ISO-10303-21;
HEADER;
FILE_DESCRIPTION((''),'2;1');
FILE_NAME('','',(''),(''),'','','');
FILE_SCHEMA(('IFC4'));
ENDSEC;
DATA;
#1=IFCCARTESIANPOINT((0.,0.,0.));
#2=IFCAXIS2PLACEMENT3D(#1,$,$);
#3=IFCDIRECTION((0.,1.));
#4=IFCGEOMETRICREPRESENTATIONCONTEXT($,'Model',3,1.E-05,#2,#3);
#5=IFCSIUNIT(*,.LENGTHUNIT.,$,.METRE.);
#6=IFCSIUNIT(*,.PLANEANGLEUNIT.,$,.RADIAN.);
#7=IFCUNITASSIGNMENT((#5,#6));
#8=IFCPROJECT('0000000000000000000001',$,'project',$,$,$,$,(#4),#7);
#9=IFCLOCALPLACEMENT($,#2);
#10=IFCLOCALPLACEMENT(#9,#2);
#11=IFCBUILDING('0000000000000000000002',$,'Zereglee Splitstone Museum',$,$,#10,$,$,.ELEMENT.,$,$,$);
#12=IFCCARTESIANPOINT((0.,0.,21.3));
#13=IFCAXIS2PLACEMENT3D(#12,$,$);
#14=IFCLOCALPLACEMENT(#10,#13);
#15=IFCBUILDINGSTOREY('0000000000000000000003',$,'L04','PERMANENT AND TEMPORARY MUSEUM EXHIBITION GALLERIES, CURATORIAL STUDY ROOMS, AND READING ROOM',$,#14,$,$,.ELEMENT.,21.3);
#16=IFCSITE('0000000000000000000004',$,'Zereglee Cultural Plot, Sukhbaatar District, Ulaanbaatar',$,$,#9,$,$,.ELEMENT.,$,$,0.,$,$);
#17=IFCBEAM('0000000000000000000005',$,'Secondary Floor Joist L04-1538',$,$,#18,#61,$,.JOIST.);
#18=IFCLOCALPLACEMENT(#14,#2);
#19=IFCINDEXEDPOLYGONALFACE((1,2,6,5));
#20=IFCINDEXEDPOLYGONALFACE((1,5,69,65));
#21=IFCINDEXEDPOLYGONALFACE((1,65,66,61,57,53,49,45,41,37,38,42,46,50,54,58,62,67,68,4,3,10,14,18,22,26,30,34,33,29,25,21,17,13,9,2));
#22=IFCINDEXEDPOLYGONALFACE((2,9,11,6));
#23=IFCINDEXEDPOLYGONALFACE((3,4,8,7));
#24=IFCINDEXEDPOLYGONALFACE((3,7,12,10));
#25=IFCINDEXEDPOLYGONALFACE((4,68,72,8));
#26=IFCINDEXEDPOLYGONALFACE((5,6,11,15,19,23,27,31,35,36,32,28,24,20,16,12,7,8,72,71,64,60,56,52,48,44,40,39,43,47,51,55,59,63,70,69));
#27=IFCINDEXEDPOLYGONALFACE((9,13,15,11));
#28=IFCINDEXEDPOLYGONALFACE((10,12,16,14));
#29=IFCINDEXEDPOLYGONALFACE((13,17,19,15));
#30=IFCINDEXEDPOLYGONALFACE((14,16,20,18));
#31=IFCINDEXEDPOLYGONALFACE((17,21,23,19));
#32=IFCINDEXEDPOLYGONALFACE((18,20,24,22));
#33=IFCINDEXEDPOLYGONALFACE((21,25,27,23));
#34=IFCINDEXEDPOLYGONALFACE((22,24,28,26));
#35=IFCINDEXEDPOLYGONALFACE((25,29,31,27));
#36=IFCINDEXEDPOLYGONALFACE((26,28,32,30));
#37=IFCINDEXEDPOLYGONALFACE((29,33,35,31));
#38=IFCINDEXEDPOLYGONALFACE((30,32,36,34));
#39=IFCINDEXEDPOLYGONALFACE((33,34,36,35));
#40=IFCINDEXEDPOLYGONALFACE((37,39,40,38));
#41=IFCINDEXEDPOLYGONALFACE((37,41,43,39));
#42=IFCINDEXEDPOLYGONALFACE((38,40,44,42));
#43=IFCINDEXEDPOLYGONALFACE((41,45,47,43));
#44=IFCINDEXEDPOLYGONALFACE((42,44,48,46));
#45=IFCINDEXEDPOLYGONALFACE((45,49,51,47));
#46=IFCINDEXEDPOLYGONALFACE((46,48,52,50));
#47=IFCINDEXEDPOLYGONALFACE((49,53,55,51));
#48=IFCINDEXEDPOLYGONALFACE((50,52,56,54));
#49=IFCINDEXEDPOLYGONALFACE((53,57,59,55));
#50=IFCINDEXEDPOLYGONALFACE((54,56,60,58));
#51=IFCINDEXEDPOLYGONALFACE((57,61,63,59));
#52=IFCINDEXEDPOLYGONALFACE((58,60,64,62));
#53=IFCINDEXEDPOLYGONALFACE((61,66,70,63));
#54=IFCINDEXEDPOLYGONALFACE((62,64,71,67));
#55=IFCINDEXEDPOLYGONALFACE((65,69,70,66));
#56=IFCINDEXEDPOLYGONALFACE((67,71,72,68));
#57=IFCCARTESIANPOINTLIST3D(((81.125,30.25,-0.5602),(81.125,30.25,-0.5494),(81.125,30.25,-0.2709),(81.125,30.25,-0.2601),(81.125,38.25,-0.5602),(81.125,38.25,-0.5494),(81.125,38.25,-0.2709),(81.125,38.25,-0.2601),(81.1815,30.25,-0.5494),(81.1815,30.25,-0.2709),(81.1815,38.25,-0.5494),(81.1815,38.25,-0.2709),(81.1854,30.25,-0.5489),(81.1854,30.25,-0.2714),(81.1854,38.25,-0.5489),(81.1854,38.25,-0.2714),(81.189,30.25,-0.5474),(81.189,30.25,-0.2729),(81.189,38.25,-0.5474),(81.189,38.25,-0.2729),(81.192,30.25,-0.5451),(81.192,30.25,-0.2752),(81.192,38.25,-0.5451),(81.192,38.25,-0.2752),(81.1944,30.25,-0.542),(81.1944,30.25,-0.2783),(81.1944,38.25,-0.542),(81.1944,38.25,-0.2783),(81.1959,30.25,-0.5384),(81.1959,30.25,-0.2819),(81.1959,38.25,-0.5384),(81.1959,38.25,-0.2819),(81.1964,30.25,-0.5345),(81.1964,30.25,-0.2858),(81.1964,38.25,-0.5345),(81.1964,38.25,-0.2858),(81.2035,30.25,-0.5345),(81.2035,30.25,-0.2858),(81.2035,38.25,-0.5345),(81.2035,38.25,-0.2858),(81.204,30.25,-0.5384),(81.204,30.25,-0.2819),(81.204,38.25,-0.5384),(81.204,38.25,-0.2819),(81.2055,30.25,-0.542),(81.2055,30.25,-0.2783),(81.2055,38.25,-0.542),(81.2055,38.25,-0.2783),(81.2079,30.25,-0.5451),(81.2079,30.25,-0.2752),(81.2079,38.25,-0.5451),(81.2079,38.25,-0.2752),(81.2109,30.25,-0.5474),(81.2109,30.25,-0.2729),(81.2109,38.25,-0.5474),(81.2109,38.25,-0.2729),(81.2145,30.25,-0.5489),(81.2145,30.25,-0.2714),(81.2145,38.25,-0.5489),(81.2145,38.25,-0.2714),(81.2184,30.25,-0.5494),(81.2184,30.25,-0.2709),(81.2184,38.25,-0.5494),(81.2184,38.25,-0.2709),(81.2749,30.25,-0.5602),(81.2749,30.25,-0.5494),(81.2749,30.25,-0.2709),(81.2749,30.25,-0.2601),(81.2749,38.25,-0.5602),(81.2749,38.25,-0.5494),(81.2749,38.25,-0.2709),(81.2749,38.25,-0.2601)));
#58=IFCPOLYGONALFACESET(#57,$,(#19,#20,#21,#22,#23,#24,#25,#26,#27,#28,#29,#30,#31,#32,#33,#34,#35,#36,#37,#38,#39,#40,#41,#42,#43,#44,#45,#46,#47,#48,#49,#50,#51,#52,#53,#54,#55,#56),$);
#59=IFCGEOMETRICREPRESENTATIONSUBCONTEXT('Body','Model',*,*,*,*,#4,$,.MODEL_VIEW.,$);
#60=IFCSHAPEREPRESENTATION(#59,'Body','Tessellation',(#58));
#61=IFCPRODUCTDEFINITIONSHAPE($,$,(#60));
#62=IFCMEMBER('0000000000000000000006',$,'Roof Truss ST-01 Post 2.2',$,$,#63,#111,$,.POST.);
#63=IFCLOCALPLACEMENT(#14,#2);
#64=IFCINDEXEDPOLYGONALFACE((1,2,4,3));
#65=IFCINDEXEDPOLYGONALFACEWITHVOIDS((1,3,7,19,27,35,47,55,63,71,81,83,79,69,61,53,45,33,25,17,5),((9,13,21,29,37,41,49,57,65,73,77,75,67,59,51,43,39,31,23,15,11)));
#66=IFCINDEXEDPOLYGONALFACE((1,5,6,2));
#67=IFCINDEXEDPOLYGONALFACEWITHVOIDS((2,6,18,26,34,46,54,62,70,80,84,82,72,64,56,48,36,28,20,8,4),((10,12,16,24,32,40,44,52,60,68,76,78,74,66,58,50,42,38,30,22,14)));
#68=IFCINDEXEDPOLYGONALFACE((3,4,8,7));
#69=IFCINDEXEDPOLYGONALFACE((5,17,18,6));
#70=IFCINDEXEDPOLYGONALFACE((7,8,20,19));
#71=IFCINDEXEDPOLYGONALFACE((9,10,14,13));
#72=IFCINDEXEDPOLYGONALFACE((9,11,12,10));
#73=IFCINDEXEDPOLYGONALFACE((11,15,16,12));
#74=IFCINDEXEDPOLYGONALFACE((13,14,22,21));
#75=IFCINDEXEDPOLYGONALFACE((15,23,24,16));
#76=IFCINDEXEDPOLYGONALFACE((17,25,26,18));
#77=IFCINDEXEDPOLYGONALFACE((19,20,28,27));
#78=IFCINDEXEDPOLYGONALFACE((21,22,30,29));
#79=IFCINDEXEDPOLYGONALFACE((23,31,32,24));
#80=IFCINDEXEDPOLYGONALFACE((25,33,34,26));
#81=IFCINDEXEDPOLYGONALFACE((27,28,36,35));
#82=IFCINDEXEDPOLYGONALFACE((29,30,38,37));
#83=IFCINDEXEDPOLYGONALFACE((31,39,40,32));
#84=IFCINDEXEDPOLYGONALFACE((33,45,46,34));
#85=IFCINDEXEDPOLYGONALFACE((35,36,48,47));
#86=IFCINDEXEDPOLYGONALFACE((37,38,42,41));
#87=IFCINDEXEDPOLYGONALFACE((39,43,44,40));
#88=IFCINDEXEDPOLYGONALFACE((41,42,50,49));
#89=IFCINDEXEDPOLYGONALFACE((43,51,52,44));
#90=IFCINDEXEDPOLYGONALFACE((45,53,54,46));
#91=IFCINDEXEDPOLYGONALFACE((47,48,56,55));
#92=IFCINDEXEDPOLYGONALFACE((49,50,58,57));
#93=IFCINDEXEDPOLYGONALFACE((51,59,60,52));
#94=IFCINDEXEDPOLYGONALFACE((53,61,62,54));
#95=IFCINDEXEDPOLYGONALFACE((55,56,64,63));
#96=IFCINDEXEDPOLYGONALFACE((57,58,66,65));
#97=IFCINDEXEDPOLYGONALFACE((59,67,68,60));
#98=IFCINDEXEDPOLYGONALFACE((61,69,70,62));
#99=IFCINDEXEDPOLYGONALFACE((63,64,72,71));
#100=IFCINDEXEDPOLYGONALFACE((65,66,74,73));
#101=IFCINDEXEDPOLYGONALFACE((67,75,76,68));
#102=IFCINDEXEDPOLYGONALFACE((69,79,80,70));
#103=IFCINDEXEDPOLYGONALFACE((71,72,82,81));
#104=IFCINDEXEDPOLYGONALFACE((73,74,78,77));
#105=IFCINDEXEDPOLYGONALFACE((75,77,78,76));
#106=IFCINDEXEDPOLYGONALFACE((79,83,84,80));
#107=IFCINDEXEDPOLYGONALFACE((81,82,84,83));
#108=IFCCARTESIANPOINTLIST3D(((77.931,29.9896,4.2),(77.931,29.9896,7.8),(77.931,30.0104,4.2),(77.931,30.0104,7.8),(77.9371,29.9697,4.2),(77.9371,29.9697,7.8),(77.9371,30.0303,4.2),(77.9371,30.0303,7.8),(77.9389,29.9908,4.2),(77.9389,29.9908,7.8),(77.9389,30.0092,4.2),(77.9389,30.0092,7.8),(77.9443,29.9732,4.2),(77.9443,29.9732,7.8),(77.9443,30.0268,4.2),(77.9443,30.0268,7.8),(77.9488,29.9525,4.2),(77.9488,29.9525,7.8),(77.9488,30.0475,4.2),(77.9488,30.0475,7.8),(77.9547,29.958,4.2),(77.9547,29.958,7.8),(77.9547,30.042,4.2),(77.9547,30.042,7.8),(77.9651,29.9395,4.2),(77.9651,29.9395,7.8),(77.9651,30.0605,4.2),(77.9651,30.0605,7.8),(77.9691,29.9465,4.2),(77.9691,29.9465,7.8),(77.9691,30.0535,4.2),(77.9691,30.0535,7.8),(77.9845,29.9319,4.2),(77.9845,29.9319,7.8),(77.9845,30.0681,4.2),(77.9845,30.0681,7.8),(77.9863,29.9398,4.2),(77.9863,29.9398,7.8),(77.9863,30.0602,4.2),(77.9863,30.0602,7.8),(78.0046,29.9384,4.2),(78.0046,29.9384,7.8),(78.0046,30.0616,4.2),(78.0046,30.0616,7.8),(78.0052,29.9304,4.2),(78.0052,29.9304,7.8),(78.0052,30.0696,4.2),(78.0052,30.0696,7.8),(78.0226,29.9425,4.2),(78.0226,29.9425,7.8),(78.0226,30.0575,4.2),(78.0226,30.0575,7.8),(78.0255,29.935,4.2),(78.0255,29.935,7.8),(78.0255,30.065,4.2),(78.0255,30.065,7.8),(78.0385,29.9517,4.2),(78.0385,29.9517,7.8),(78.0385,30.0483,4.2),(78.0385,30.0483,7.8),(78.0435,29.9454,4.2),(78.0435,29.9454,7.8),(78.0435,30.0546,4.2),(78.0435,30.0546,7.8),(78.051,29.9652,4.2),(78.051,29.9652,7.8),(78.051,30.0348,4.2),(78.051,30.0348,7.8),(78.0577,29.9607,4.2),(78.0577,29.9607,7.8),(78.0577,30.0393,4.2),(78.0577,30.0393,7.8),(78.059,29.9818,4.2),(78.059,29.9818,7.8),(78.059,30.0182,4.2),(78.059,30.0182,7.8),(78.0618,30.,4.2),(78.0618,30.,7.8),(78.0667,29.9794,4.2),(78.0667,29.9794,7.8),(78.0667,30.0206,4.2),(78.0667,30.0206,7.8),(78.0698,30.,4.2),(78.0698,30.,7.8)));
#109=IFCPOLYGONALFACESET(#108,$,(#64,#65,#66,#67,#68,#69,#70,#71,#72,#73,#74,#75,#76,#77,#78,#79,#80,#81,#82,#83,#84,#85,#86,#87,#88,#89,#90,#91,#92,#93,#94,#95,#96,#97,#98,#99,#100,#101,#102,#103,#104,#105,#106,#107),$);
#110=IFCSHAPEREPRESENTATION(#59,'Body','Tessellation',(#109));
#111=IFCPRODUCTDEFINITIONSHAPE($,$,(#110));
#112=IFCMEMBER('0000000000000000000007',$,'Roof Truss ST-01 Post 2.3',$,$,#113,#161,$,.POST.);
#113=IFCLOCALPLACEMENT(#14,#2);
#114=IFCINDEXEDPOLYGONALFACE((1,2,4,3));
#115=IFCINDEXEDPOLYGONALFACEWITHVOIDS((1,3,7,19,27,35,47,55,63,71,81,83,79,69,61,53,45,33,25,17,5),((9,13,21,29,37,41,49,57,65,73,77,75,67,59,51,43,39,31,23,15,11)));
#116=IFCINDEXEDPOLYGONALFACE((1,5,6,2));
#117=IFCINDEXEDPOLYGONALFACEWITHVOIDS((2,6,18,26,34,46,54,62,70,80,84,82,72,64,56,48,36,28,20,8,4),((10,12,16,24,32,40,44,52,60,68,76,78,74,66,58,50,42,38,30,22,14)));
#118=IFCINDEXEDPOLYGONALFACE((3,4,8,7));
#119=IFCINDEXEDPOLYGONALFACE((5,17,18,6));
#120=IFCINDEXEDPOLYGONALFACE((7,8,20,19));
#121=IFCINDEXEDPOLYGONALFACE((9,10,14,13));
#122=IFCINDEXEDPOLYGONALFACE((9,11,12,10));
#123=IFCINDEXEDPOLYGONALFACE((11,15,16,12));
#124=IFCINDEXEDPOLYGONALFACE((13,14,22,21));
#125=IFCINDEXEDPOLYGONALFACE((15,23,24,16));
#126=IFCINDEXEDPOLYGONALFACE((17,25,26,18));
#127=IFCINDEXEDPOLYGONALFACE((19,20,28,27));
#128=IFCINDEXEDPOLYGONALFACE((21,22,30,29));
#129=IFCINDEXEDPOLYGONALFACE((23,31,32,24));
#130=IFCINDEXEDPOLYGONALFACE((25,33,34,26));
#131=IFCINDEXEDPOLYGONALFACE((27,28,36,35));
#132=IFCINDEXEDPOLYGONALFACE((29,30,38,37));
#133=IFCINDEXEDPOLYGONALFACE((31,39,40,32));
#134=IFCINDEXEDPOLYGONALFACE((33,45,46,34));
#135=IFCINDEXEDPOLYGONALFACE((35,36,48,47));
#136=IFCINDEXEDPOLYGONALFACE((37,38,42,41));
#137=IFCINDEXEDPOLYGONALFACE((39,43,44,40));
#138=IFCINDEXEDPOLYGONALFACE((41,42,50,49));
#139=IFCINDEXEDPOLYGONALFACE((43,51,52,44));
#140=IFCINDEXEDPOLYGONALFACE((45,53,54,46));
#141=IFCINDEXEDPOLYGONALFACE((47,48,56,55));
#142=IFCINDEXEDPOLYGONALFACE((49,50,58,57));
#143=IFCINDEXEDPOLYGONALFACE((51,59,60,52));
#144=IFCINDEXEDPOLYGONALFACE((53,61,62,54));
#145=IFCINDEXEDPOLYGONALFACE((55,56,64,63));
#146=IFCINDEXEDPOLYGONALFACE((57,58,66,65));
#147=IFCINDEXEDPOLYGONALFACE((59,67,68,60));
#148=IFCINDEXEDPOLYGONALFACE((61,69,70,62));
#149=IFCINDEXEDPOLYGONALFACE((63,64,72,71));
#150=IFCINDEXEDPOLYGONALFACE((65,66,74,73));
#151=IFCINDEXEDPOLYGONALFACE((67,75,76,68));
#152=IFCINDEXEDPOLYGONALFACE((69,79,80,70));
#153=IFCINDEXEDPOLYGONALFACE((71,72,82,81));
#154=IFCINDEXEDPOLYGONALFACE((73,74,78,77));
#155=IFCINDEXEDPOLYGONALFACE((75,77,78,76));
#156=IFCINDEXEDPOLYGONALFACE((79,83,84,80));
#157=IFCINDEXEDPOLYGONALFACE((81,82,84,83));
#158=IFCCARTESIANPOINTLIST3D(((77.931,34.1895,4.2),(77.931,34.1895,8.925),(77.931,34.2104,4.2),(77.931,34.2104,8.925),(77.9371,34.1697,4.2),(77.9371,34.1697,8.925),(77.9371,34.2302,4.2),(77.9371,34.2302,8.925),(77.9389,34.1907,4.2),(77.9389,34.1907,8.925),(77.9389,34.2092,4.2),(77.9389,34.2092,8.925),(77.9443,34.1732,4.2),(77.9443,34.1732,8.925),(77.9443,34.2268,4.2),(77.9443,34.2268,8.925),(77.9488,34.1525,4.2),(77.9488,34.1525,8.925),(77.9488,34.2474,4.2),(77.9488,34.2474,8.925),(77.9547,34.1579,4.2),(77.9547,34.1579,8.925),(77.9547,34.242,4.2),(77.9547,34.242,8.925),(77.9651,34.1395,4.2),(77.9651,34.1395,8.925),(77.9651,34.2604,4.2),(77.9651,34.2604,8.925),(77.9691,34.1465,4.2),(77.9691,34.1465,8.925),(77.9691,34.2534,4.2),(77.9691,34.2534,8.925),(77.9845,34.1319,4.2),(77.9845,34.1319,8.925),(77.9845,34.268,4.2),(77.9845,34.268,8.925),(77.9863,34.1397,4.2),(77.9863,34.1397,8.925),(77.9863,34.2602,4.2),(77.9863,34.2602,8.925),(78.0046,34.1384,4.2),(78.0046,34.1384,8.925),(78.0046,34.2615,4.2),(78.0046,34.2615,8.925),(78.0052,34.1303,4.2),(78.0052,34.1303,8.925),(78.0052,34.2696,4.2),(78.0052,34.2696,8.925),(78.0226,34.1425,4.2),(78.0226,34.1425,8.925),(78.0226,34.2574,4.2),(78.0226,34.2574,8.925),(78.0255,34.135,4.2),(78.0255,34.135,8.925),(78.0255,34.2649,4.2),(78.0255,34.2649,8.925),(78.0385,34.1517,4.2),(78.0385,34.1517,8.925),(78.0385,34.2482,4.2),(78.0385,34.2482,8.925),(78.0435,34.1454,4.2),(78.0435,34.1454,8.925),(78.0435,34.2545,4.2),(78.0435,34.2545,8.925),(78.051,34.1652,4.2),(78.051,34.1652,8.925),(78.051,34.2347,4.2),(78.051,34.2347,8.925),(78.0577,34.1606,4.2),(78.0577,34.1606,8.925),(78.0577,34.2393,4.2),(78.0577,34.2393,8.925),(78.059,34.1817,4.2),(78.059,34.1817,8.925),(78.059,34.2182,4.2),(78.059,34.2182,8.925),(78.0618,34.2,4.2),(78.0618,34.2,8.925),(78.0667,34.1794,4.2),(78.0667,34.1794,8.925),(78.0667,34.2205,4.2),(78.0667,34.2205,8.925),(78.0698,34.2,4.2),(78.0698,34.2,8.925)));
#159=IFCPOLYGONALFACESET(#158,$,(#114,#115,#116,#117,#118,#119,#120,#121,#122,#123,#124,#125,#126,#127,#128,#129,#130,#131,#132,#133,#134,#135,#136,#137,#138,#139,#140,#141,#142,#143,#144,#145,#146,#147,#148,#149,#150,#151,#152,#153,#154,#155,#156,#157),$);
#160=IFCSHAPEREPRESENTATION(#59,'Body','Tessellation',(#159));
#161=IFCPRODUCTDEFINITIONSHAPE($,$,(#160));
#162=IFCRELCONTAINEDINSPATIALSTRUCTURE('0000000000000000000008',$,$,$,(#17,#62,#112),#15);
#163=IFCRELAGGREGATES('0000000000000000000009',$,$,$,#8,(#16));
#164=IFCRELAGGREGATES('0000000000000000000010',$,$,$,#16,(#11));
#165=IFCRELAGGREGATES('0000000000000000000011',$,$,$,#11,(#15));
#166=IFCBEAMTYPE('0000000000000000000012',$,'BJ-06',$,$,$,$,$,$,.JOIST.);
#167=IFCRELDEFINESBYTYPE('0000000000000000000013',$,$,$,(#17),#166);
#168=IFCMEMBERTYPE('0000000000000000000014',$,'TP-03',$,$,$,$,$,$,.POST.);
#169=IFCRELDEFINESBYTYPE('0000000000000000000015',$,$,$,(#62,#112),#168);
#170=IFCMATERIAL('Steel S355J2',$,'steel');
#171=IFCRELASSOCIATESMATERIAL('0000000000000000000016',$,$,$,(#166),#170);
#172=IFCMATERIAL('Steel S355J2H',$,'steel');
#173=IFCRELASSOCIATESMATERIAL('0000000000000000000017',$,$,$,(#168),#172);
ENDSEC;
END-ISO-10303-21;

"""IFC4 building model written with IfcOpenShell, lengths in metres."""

from ifc_helpers import new_model, si_unit, direction, frame, origin, origin_2d, place, context, subcontext, project, spatial, hollow_circle, i_section, extrude, material, material_profile, profile_set, type_object, element, save


model = new_model("IFC4")

# Units and contexts
model_context = context("Model", 3, precision=1e-05, world=origin(), true_north=direction((0.0, 1.0)))
body_context = subcontext(model_context, "Body", "Model", "MODEL_VIEW")
ifc_project = project(units=[si_unit("LENGTHUNIT", "METRE"), si_unit("PLANEANGLEUNIT", "RADIAN")], contexts=[model_context])

# Site, building, storey
site_placement = place(None, origin())
site = spatial("IfcSite", under=ifc_project, at=site_placement, Name="Zereglee Cultural Plot, Sukhbaatar District, Ulaanbaatar", CompositionType="ELEMENT", RefElevation=0.0)
building_placement = place(site_placement, origin())
building = spatial("IfcBuilding", under=site, at=building_placement, Name="Zereglee Splitstone Museum", CompositionType="ELEMENT")
storey_placement = place(building_placement, frame((0.0, 0.0, 21.3)))
storey = spatial("IfcBuildingStorey", under=building, at=storey_placement, Name="L04", Description="PERMANENT AND TEMPORARY MUSEUM EXHIBITION GALLERIES, CURATORIAL STUDY ROOMS, AND READING ROOM", CompositionType="ELEMENT", Elevation=21.3)

# Shared definitions
ifc_material_1 = material(Name="Steel S355J2", Category="steel")

# Shared definitions
ifc_material_2 = material(Name="Steel S355J2H", Category="steel")

# Beam
ifc_material_profile_1 = material_profile(ifc_material_1, i_section(OverallWidth=0.1499, OverallDepth=0.3, WebThickness=0.0071, FlangeThickness=0.0107, FilletRadius=0.0149, at=origin_2d()), Name="IPE 300")
ifc_profile_set_1 = profile_set([ifc_material_profile_1], Name="Steel S355J2")
beam_type_1 = type_object("IfcBeamType", Name="BJ-06", PredefinedType="JOIST", material=ifc_profile_set_1)
beam_1_placement = place(storey_placement, frame((81.2, 30.25, -0.4102), z_axis=(0.0, 1.0, 0.0), x_axis=(-1.0, 0.0, 0.0)))
element("IfcBeam", 1, at=beam_1_placement, inside=storey, type_object=beam_type_1, Name="Secondary Floor Joist L04-1538", PredefinedType="JOIST", context=body_context, shape_type="SweptSolid", body=[
    extrude(i_section(OverallWidth=0.1499, OverallDepth=0.3, WebThickness=0.0071, FlangeThickness=0.0107, FilletRadius=0.0149, at=origin_2d()), origin(), (0.0, 0.0, 1.0), 8.0),
])

# Members
ifc_material_profile_2 = material_profile(ifc_material_2, hollow_circle(Radius=0.0698, WallThickness=0.0081, at=origin_2d()), Name="CHS 139.7x8")
ifc_profile_set_2 = profile_set([ifc_material_profile_2], Name="Steel S355J2H")
member_type_1 = type_object("IfcMemberType", Name="TP-03", PredefinedType="POST", material=ifc_profile_set_2)
member_1_placement = place(storey_placement, frame((78.0, 30.0, 4.2), z_axis=(0.0, 0.0, 1.0), x_axis=(1.0, 0.0, 0.0)))
element("IfcMember", 2, at=member_1_placement, inside=storey, type_object=member_type_1, Name="Roof Truss ST-01 Post 2.2", PredefinedType="POST", context=body_context, shape_type="SweptSolid", body=[
    extrude(hollow_circle(Radius=0.0698, WallThickness=0.0081, at=origin_2d()), origin(), (0.0, 0.0, 1.0), 3.6001),
])
member_2_placement = place(storey_placement, frame((78.0, 34.2, 4.2), z_axis=(0.0, 0.0, 1.0), x_axis=(1.0, 0.0, 0.0)))
element("IfcMember", 3, at=member_2_placement, inside=storey, type_object=member_type_1, Name="Roof Truss ST-01 Post 2.3", PredefinedType="POST", context=body_context, shape_type="SweptSolid", body=[
    extrude(hollow_circle(Radius=0.0698, WallThickness=0.0081, at=origin_2d()), origin(), (0.0, 0.0, 1.0), 4.7251),
])

save(model, "model.ifc")
